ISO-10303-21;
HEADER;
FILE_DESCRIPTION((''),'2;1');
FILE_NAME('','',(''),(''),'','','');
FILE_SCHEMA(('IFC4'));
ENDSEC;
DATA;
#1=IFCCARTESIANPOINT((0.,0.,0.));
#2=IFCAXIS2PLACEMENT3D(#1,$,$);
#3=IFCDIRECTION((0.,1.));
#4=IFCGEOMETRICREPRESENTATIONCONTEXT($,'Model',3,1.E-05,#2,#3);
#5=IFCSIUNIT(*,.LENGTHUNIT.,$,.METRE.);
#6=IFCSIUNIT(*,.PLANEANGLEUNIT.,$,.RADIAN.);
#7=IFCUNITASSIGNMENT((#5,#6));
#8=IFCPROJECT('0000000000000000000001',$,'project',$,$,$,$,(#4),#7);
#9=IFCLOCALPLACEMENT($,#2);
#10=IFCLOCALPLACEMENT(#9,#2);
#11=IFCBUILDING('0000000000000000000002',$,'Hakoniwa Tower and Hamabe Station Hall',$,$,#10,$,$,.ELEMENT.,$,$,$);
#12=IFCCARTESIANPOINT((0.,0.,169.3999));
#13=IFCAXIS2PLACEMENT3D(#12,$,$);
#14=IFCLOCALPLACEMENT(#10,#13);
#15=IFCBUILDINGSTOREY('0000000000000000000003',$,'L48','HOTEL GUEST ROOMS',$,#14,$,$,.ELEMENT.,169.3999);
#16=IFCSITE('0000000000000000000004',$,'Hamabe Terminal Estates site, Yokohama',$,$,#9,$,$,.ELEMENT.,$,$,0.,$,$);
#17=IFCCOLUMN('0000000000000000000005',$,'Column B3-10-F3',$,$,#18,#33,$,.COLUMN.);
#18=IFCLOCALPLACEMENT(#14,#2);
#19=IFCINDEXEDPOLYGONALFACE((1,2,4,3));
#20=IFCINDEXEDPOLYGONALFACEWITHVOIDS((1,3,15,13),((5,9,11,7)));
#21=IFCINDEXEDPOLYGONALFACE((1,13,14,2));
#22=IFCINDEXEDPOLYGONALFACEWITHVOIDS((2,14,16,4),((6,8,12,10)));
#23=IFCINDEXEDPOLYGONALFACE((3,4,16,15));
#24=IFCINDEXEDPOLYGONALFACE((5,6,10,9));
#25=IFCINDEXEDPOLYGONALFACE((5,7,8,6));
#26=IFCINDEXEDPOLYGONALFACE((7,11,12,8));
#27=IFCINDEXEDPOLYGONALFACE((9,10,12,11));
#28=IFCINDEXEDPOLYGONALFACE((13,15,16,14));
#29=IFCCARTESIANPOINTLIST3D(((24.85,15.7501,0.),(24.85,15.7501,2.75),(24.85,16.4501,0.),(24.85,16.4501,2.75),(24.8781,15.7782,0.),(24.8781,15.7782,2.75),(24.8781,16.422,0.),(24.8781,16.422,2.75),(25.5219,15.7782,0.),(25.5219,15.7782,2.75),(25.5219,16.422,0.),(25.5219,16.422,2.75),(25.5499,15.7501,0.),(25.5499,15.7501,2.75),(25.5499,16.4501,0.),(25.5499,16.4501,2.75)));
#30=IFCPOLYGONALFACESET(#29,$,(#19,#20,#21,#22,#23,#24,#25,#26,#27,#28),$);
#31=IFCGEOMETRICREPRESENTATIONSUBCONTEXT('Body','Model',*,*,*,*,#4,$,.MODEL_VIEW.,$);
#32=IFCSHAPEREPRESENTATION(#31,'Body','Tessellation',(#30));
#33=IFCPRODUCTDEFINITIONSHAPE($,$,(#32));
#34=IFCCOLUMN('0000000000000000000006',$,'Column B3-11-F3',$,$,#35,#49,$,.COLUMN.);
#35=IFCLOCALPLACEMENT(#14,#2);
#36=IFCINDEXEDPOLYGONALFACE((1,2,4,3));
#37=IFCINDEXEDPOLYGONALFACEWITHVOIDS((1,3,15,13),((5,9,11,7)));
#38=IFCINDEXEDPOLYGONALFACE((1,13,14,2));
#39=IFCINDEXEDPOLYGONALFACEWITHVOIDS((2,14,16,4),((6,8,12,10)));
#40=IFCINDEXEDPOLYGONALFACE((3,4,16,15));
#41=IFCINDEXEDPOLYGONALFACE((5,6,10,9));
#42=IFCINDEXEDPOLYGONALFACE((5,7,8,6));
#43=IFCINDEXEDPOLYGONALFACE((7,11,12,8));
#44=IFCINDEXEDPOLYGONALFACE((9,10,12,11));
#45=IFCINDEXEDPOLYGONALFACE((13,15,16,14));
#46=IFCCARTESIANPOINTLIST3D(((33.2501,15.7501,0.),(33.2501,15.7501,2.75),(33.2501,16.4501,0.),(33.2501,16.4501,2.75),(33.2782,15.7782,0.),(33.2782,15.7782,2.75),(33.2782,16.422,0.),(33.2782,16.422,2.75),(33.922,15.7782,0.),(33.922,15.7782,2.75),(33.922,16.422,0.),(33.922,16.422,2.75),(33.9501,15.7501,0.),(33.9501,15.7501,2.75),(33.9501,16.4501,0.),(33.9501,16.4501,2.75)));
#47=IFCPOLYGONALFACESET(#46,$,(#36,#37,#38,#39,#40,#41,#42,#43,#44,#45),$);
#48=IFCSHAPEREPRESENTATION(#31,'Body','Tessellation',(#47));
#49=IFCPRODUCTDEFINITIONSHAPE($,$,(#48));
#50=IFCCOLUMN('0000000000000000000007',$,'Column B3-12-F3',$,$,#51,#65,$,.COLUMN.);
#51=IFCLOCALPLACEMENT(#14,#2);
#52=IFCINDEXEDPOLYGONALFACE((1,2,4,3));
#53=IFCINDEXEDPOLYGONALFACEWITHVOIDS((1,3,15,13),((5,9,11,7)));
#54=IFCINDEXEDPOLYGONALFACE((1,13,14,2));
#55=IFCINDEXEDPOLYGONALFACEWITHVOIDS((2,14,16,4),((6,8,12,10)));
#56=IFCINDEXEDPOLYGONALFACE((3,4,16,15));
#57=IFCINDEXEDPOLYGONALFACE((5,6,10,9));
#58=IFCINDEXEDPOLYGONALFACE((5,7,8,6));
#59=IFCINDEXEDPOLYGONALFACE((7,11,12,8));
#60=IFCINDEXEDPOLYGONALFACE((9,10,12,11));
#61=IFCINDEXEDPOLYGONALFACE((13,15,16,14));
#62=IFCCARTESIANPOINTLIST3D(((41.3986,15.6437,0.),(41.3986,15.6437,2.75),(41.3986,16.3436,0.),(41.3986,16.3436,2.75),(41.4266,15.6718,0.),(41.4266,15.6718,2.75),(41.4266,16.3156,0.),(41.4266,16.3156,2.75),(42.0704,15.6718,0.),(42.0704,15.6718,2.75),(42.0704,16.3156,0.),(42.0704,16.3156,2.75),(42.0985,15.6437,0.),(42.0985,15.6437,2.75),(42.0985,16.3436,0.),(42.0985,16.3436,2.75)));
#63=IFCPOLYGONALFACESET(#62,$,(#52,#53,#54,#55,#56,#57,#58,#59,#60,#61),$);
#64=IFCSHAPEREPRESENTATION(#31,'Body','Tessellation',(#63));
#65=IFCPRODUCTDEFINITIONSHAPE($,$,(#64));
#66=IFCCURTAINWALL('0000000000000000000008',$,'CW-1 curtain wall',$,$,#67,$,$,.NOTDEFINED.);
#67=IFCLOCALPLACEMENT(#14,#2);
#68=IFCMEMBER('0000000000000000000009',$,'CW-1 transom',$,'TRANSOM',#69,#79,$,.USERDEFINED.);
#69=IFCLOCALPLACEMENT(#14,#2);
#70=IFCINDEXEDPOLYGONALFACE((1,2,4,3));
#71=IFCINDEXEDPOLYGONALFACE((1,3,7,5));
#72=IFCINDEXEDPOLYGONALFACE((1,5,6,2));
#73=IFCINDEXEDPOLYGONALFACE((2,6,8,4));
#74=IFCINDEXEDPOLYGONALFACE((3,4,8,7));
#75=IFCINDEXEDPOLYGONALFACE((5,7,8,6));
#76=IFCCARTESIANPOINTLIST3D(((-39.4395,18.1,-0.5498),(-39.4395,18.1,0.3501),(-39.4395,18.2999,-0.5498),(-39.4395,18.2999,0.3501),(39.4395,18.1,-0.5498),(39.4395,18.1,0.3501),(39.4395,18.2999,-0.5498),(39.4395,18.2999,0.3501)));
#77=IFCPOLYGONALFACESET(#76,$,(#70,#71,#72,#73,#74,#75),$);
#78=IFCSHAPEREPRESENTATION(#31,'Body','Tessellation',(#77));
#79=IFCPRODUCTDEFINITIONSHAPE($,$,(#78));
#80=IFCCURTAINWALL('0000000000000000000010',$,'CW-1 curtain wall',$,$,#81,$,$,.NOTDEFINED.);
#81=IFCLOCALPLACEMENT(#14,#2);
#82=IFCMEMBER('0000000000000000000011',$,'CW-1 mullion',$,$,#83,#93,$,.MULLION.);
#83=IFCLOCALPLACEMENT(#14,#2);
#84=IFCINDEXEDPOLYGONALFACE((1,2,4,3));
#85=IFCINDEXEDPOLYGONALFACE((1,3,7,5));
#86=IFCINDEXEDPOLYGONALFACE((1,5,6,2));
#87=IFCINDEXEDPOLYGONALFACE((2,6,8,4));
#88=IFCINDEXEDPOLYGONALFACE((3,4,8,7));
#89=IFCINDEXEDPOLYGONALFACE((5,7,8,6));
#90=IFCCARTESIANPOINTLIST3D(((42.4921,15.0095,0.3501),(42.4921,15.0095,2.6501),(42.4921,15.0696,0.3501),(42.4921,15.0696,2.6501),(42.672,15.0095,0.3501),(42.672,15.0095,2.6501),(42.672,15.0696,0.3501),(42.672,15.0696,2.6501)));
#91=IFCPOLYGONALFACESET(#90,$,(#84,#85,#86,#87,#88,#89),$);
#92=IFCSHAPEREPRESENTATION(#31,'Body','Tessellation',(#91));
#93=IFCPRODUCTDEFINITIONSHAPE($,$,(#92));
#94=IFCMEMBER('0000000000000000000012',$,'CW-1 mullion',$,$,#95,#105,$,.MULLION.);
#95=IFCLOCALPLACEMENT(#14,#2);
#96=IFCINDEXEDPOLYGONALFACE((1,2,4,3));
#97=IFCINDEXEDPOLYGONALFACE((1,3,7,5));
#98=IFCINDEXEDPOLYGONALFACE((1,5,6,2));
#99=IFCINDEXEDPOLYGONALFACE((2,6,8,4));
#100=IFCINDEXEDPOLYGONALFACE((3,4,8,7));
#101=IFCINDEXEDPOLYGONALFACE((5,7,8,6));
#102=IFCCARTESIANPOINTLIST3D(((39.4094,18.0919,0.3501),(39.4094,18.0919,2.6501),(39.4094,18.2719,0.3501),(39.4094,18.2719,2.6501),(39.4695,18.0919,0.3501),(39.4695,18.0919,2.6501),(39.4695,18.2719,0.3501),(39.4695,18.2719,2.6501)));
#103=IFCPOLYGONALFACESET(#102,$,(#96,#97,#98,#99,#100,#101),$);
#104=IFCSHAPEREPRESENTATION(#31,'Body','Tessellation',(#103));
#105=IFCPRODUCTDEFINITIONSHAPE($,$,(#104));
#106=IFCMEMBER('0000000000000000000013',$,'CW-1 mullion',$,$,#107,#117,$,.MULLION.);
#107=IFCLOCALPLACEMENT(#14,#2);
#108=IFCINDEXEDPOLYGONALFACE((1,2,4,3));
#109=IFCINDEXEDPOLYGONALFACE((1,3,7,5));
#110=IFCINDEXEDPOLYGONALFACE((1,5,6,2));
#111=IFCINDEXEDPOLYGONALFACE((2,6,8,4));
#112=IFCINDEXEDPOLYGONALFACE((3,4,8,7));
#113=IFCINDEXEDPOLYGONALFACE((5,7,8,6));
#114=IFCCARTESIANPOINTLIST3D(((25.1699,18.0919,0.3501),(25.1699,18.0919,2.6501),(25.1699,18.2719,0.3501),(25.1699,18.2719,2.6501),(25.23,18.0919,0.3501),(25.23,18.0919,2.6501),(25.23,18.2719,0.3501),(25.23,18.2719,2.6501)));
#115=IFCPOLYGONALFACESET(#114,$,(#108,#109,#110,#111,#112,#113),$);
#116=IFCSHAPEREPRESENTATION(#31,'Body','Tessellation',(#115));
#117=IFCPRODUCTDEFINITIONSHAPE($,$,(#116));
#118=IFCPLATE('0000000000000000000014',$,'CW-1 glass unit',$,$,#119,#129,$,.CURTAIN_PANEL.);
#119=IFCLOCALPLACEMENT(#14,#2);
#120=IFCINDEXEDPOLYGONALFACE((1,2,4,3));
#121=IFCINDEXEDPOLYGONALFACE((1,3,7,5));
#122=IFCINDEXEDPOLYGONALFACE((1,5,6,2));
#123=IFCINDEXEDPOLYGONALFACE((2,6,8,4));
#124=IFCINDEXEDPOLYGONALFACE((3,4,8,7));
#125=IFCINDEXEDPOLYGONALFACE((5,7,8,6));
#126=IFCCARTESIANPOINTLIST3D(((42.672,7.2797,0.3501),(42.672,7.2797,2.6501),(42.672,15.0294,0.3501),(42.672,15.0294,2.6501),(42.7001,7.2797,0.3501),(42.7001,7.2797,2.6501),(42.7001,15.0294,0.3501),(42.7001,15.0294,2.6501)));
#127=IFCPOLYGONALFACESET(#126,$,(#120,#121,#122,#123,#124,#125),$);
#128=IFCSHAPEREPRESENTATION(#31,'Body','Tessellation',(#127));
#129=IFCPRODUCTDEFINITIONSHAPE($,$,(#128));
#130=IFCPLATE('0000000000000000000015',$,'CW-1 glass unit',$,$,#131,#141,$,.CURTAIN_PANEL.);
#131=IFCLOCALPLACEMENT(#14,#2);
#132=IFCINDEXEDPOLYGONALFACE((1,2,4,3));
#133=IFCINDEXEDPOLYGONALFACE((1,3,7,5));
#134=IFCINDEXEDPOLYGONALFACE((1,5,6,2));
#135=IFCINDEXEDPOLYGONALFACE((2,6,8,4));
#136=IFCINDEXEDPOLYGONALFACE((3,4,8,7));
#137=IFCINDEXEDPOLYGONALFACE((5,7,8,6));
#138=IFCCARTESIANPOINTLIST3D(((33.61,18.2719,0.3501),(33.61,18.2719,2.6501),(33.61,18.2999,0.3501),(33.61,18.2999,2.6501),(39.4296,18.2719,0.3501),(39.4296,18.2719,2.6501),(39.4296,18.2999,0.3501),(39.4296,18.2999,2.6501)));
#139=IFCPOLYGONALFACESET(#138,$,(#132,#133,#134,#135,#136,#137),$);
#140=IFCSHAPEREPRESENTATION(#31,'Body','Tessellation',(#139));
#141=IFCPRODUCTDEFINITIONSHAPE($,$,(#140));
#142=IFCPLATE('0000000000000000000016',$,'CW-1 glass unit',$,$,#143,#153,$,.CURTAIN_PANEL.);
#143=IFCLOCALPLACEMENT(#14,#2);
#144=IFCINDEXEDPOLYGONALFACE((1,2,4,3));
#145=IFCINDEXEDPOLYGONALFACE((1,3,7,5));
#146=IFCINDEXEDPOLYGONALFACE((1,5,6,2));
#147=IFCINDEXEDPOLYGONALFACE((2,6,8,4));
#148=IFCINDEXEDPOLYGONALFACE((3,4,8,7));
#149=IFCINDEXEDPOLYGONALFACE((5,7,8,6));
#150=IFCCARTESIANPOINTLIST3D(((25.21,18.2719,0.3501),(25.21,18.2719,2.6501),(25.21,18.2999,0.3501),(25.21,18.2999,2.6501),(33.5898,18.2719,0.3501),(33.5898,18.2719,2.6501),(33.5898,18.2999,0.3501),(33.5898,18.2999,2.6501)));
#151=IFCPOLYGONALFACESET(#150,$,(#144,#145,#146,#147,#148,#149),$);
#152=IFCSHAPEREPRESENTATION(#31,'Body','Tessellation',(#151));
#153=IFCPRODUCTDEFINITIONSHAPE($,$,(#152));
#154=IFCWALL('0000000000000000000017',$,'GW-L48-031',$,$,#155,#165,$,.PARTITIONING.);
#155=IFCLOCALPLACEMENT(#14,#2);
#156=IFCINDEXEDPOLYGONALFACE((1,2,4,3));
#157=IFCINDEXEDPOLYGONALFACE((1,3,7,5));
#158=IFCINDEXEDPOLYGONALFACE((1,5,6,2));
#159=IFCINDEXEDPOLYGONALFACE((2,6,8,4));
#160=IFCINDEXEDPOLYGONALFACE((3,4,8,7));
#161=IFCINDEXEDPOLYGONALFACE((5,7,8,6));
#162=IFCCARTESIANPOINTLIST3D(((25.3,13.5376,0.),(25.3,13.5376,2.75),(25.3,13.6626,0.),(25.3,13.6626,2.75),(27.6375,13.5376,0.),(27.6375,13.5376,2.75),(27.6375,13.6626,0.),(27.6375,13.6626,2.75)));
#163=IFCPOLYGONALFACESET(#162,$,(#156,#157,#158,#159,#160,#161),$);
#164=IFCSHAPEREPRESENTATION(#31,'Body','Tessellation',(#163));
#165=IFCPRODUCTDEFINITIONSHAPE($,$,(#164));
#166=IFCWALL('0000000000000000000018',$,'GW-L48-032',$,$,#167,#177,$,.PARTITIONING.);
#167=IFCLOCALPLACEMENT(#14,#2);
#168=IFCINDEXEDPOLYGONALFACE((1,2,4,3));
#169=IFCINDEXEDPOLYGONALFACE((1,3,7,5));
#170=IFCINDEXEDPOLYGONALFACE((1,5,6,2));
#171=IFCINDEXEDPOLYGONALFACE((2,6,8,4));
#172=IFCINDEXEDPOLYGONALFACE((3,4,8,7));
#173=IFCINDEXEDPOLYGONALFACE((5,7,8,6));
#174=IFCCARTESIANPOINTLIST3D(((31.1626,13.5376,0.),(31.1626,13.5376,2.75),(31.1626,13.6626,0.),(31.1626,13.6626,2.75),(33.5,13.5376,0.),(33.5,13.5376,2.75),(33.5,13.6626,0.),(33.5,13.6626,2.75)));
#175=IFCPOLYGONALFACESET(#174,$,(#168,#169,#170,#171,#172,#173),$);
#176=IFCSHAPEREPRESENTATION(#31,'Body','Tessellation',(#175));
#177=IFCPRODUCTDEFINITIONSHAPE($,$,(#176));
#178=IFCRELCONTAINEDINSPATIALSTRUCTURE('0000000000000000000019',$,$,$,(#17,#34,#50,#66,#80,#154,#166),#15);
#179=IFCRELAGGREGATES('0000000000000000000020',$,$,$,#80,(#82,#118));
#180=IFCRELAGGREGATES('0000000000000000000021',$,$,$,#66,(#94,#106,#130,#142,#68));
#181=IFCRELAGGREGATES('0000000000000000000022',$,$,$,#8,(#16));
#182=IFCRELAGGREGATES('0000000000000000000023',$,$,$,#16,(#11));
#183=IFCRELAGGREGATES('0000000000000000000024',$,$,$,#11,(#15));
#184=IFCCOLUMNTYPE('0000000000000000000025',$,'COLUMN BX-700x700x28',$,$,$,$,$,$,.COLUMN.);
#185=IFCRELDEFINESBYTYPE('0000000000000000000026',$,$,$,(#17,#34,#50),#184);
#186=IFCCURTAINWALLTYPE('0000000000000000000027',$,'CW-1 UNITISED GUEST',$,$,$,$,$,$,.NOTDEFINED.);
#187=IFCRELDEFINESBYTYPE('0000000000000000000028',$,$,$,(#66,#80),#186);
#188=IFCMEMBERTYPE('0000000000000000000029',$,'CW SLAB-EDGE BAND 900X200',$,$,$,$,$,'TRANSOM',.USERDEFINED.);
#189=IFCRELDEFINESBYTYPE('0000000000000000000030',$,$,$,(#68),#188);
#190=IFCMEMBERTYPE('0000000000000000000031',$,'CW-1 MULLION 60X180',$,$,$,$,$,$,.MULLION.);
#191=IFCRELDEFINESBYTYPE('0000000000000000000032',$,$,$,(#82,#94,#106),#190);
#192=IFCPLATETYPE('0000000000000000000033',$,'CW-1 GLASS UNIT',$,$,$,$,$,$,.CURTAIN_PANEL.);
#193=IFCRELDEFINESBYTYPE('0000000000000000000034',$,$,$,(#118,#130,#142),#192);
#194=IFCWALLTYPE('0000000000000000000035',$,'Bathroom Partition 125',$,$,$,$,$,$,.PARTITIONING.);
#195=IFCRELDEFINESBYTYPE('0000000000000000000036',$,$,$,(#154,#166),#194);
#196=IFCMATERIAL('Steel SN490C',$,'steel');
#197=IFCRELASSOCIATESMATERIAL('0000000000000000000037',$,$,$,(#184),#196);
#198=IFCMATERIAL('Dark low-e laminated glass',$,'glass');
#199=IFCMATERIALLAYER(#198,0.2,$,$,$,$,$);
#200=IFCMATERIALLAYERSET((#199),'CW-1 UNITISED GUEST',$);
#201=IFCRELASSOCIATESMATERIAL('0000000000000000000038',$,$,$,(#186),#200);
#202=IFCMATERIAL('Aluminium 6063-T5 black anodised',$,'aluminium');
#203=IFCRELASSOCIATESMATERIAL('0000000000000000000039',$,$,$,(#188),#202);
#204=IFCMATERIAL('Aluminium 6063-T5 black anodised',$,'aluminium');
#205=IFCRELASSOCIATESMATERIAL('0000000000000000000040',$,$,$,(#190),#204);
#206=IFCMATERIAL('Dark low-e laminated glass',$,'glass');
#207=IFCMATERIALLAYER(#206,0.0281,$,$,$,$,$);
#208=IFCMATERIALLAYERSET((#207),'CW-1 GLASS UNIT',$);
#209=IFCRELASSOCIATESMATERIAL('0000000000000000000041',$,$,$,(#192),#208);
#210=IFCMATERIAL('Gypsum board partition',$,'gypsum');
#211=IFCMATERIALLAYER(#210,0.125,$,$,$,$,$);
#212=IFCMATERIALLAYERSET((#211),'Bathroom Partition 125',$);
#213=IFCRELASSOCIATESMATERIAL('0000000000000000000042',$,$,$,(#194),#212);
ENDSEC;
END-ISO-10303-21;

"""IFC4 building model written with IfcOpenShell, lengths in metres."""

from ifc_helpers import new_model, si_unit, direction, frame, frame_2d, origin, origin_2d, place, context, subcontext, project, spatial, rectangle, hollow_rectangle, extrude, material, layer, layer_set, material_profile, profile_set, type_object, element, aggregate, save


model = new_model("IFC4")

# Units and contexts
model_context = context("Model", 3, precision=1e-05, world=origin(), true_north=direction((0.0, 1.0)))
body_context = subcontext(model_context, "Body", "Model", "MODEL_VIEW")
ifc_project = project(units=[si_unit("LENGTHUNIT", "METRE"), si_unit("PLANEANGLEUNIT", "RADIAN")], contexts=[model_context])

# Site, building, storey
site_placement = place(None, origin())
site = spatial("IfcSite", under=ifc_project, at=site_placement, Name="Hamabe Terminal Estates site, Yokohama", CompositionType="ELEMENT", RefElevation=0.0)
building_placement = place(site_placement, origin())
building = spatial("IfcBuilding", under=site, at=building_placement, Name="Hakoniwa Tower and Hamabe Station Hall", CompositionType="ELEMENT")
storey_placement = place(building_placement, frame((0.0, 0.0, 169.3999)))
storey = spatial("IfcBuildingStorey", under=building, at=storey_placement, Name="L48", Description="HOTEL GUEST ROOMS", CompositionType="ELEMENT", Elevation=169.3999)

# Columns
ifc_material_1 = material(Name="Steel SN490C", Category="steel")
ifc_material_profile_1 = material_profile(ifc_material_1, hollow_rectangle(XDim=0.7, YDim=0.7, WallThickness=0.0281, at=origin_2d()), Name="BX-700x700x28")
ifc_profile_set_1 = profile_set([ifc_material_profile_1], Name="Steel SN490C")
column_type = type_object("IfcColumnType", Name="COLUMN BX-700x700x28", PredefinedType="COLUMN", material=ifc_profile_set_1)
for number, where, z_axis, x_axis, name in (
    (1, (25.2, 16.1001, 0.0), (0.0, 0.0, 1.0), (1.0, 0.0, 0.0), "Column B3-10-F3"),
    (2, (33.6001, 16.1001, 0.0), (0.0, 0.0, 1.0), (1.0, 0.0, 0.0), "Column B3-11-F3"),
    (3, (41.7485, 15.9937, 0.0), (0.0, 0.0, 1.0), (1.0, 0.0, 0.0), "Column B3-12-F3"),
):
    element("IfcColumn", number, at=place(storey_placement, frame(where, z_axis=z_axis, x_axis=x_axis)), inside=storey, type_object=column_type, Name=name, PredefinedType="COLUMN", context=body_context, shape_type="SweptSolid", body=[
        extrude(hollow_rectangle(XDim=0.7, YDim=0.7, WallThickness=0.0281, at=origin_2d()), origin(), (0.0, 0.0, 1.0), 2.75),
    ])

# Curtain walls, members
ifc_material_2 = material(Name="Dark low-e laminated glass", Category="glass")
ifc_layer_1 = layer(ifc_material_2, 0.2)
ifc_layer_set_1 = layer_set([ifc_layer_1], Name="CW-1 UNITISED GUEST")
curtain_wall_type = type_object("IfcCurtainWallType", Name="CW-1 UNITISED GUEST", PredefinedType="NOTDEFINED", material=ifc_layer_set_1)
curtain_wall_1_placement = place(storey_placement, origin())
curtain_wall_1 = element("IfcCurtainWall", 4, at=curtain_wall_1_placement, inside=storey, type_object=curtain_wall_type, Name="CW-1 curtain wall", PredefinedType="NOTDEFINED")
ifc_material_3 = material(Name="Aluminium 6063-T5 black anodised", Category="aluminium")
ifc_material_profile_2 = material_profile(ifc_material_3, rectangle(XDim=0.2, YDim=0.8999, at=origin_2d()), Name="CW SLAB-EDGE BAND 900X200")
ifc_profile_set_2 = profile_set([ifc_material_profile_2], Name="Aluminium 6063-T5 black anodised")
member_type_1 = type_object("IfcMemberType", Name="CW SLAB-EDGE BAND 900X200", ElementType="TRANSOM", PredefinedType="USERDEFINED", material=ifc_profile_set_2)
member_1_placement = place(storey_placement, frame((39.4395, 18.2, -0.0999), z_axis=(-1.0, 0.0, 0.0), x_axis=(0.0, -1.0, 0.0)))
member_1 = element("IfcMember", 5, at=member_1_placement, type_object=member_type_1, Name="CW-1 transom", ObjectType="TRANSOM", PredefinedType="USERDEFINED", context=body_context, shape_type="SweptSolid", body=[
    extrude(rectangle(XDim=0.2, YDim=0.8999, at=origin_2d()), origin(), (0.0, 0.0, 1.0), 78.8789),
])
curtain_wall_2_placement = place(storey_placement, origin())
curtain_wall_2 = element("IfcCurtainWall", 6, at=curtain_wall_2_placement, inside=storey, type_object=curtain_wall_type, Name="CW-1 curtain wall", PredefinedType="NOTDEFINED")
ifc_material_4 = material(Name="Aluminium 6063-T5 black anodised", Category="aluminium")
ifc_material_profile_3 = material_profile(ifc_material_4, rectangle(XDim=0.0601, YDim=0.1799, at=origin_2d()), Name="CW-1 MULLION 60X180")
ifc_profile_set_3 = profile_set([ifc_material_profile_3], Name="Aluminium 6063-T5 black anodised")
member_type_2 = type_object("IfcMemberType", Name="CW-1 MULLION 60X180", PredefinedType="MULLION", material=ifc_profile_set_3)
member_2_placement = place(storey_placement, frame((42.582, 15.0396, 0.3501), z_axis=(0.0, 0.0, 1.0), x_axis=(0.0, 1.0, 0.0)))
member_2 = element("IfcMember", 7, at=member_2_placement, type_object=member_type_2, Name="CW-1 mullion", PredefinedType="MULLION", context=body_context, shape_type="SweptSolid", body=[
    extrude(rectangle(XDim=0.0601, YDim=0.1799, at=origin_2d()), origin(), (0.0, 0.0, 1.0), 2.3),
])

# Members
member_3_placement = place(storey_placement, frame((39.4395, 18.1819, 0.3501), z_axis=(0.0, 0.0, 1.0), x_axis=(-1.0, 0.0, 0.0)))
member_3 = element("IfcMember", 8, at=member_3_placement, type_object=member_type_2, Name="CW-1 mullion", PredefinedType="MULLION", context=body_context, shape_type="SweptSolid", body=[
    extrude(rectangle(XDim=0.0601, YDim=0.1799, at=origin_2d()), origin(), (0.0, 0.0, 1.0), 2.3),
])
member_4_placement = place(storey_placement, frame((25.2, 18.1819, 0.3501), z_axis=(0.0, 0.0, 1.0), x_axis=(-1.0, 0.0, 0.0)))
member_4 = element("IfcMember", 9, at=member_4_placement, type_object=member_type_2, Name="CW-1 mullion", PredefinedType="MULLION", context=body_context, shape_type="SweptSolid", body=[
    extrude(rectangle(XDim=0.0601, YDim=0.1799, at=origin_2d()), origin(), (0.0, 0.0, 1.0), 2.3),
])

# Plates
ifc_material_5 = material(Name="Dark low-e laminated glass", Category="glass")
ifc_layer_2 = layer(ifc_material_5, 0.0281)
ifc_layer_set_2 = layer_set([ifc_layer_2], Name="CW-1 GLASS UNIT")
plate_type = type_object("IfcPlateType", Name="CW-1 GLASS UNIT", PredefinedType="CURTAIN_PANEL", material=ifc_layer_set_2)
plate_1_placement = place(storey_placement, frame((42.686, 11.1545, 0.3501), z_axis=(0.0, 0.0, 1.0), x_axis=(0.0, 1.0, 0.0)))
plate_1 = element("IfcPlate", 10, at=plate_1_placement, type_object=plate_type, Name="CW-1 glass unit", PredefinedType="CURTAIN_PANEL", context=body_context, shape_type="SweptSolid", body=[
    extrude(rectangle(XDim=7.7498, YDim=0.0281, at=origin_2d()), origin(), (0.0, 0.0, 1.0), 2.3),
])
aggregate(curtain_wall_2, [member_2, plate_1])
plate_2_placement = place(storey_placement, frame((36.5198, 18.2859, 0.3501), z_axis=(0.0, 0.0, 1.0), x_axis=(-1.0, 0.0, 0.0)))
plate_2 = element("IfcPlate", 11, at=plate_2_placement, type_object=plate_type, Name="CW-1 glass unit", PredefinedType="CURTAIN_PANEL", context=body_context, shape_type="SweptSolid", body=[
    extrude(rectangle(XDim=5.8196, YDim=0.0281, at=origin_2d()), origin(), (0.0, 0.0, 1.0), 2.3),
])
plate_3_placement = place(storey_placement, frame((29.3999, 18.2859, 0.3501), z_axis=(0.0, 0.0, 1.0), x_axis=(-1.0, 0.0, 0.0)))
plate_3 = element("IfcPlate", 12, at=plate_3_placement, type_object=plate_type, Name="CW-1 glass unit", PredefinedType="CURTAIN_PANEL", context=body_context, shape_type="SweptSolid", body=[
    extrude(rectangle(XDim=8.3799, YDim=0.0281, at=origin_2d()), origin(), (0.0, 0.0, 1.0), 2.3),
])
aggregate(curtain_wall_1, [member_3, member_4, plate_2, plate_3, member_1])

# Walls
ifc_material_6 = material(Name="Gypsum board partition", Category="gypsum")
ifc_layer_3 = layer(ifc_material_6, 0.125)
ifc_layer_set_3 = layer_set([ifc_layer_3], Name="Bathroom Partition 125")
wall_type_1 = type_object("IfcWallType", Name="Bathroom Partition 125", PredefinedType="PARTITIONING", material=ifc_layer_set_3)
for number, where, z_axis, x_axis, name in (
    (13, (25.3, 13.6001, 0.0), (0.0, 0.0, 1.0), (1.0, 0.0, 0.0), "GW-L48-031"),
    (14, (31.1626, 13.6001, 0.0), (0.0, 0.0, 1.0), (1.0, 0.0, 0.0), "GW-L48-032"),
):
    element("IfcWall", number, at=place(storey_placement, frame(where, z_axis=z_axis, x_axis=x_axis)), inside=storey, type_object=wall_type_1, Name=name, PredefinedType="PARTITIONING", context=body_context, shape_type="SweptSolid", body=[
        extrude(rectangle(XDim=2.3374, YDim=0.125, at=frame_2d((1.1687, 0.0))), origin(), (0.0, 0.0, 1.0), 2.75),
    ])

save(model, "model.ifc")
